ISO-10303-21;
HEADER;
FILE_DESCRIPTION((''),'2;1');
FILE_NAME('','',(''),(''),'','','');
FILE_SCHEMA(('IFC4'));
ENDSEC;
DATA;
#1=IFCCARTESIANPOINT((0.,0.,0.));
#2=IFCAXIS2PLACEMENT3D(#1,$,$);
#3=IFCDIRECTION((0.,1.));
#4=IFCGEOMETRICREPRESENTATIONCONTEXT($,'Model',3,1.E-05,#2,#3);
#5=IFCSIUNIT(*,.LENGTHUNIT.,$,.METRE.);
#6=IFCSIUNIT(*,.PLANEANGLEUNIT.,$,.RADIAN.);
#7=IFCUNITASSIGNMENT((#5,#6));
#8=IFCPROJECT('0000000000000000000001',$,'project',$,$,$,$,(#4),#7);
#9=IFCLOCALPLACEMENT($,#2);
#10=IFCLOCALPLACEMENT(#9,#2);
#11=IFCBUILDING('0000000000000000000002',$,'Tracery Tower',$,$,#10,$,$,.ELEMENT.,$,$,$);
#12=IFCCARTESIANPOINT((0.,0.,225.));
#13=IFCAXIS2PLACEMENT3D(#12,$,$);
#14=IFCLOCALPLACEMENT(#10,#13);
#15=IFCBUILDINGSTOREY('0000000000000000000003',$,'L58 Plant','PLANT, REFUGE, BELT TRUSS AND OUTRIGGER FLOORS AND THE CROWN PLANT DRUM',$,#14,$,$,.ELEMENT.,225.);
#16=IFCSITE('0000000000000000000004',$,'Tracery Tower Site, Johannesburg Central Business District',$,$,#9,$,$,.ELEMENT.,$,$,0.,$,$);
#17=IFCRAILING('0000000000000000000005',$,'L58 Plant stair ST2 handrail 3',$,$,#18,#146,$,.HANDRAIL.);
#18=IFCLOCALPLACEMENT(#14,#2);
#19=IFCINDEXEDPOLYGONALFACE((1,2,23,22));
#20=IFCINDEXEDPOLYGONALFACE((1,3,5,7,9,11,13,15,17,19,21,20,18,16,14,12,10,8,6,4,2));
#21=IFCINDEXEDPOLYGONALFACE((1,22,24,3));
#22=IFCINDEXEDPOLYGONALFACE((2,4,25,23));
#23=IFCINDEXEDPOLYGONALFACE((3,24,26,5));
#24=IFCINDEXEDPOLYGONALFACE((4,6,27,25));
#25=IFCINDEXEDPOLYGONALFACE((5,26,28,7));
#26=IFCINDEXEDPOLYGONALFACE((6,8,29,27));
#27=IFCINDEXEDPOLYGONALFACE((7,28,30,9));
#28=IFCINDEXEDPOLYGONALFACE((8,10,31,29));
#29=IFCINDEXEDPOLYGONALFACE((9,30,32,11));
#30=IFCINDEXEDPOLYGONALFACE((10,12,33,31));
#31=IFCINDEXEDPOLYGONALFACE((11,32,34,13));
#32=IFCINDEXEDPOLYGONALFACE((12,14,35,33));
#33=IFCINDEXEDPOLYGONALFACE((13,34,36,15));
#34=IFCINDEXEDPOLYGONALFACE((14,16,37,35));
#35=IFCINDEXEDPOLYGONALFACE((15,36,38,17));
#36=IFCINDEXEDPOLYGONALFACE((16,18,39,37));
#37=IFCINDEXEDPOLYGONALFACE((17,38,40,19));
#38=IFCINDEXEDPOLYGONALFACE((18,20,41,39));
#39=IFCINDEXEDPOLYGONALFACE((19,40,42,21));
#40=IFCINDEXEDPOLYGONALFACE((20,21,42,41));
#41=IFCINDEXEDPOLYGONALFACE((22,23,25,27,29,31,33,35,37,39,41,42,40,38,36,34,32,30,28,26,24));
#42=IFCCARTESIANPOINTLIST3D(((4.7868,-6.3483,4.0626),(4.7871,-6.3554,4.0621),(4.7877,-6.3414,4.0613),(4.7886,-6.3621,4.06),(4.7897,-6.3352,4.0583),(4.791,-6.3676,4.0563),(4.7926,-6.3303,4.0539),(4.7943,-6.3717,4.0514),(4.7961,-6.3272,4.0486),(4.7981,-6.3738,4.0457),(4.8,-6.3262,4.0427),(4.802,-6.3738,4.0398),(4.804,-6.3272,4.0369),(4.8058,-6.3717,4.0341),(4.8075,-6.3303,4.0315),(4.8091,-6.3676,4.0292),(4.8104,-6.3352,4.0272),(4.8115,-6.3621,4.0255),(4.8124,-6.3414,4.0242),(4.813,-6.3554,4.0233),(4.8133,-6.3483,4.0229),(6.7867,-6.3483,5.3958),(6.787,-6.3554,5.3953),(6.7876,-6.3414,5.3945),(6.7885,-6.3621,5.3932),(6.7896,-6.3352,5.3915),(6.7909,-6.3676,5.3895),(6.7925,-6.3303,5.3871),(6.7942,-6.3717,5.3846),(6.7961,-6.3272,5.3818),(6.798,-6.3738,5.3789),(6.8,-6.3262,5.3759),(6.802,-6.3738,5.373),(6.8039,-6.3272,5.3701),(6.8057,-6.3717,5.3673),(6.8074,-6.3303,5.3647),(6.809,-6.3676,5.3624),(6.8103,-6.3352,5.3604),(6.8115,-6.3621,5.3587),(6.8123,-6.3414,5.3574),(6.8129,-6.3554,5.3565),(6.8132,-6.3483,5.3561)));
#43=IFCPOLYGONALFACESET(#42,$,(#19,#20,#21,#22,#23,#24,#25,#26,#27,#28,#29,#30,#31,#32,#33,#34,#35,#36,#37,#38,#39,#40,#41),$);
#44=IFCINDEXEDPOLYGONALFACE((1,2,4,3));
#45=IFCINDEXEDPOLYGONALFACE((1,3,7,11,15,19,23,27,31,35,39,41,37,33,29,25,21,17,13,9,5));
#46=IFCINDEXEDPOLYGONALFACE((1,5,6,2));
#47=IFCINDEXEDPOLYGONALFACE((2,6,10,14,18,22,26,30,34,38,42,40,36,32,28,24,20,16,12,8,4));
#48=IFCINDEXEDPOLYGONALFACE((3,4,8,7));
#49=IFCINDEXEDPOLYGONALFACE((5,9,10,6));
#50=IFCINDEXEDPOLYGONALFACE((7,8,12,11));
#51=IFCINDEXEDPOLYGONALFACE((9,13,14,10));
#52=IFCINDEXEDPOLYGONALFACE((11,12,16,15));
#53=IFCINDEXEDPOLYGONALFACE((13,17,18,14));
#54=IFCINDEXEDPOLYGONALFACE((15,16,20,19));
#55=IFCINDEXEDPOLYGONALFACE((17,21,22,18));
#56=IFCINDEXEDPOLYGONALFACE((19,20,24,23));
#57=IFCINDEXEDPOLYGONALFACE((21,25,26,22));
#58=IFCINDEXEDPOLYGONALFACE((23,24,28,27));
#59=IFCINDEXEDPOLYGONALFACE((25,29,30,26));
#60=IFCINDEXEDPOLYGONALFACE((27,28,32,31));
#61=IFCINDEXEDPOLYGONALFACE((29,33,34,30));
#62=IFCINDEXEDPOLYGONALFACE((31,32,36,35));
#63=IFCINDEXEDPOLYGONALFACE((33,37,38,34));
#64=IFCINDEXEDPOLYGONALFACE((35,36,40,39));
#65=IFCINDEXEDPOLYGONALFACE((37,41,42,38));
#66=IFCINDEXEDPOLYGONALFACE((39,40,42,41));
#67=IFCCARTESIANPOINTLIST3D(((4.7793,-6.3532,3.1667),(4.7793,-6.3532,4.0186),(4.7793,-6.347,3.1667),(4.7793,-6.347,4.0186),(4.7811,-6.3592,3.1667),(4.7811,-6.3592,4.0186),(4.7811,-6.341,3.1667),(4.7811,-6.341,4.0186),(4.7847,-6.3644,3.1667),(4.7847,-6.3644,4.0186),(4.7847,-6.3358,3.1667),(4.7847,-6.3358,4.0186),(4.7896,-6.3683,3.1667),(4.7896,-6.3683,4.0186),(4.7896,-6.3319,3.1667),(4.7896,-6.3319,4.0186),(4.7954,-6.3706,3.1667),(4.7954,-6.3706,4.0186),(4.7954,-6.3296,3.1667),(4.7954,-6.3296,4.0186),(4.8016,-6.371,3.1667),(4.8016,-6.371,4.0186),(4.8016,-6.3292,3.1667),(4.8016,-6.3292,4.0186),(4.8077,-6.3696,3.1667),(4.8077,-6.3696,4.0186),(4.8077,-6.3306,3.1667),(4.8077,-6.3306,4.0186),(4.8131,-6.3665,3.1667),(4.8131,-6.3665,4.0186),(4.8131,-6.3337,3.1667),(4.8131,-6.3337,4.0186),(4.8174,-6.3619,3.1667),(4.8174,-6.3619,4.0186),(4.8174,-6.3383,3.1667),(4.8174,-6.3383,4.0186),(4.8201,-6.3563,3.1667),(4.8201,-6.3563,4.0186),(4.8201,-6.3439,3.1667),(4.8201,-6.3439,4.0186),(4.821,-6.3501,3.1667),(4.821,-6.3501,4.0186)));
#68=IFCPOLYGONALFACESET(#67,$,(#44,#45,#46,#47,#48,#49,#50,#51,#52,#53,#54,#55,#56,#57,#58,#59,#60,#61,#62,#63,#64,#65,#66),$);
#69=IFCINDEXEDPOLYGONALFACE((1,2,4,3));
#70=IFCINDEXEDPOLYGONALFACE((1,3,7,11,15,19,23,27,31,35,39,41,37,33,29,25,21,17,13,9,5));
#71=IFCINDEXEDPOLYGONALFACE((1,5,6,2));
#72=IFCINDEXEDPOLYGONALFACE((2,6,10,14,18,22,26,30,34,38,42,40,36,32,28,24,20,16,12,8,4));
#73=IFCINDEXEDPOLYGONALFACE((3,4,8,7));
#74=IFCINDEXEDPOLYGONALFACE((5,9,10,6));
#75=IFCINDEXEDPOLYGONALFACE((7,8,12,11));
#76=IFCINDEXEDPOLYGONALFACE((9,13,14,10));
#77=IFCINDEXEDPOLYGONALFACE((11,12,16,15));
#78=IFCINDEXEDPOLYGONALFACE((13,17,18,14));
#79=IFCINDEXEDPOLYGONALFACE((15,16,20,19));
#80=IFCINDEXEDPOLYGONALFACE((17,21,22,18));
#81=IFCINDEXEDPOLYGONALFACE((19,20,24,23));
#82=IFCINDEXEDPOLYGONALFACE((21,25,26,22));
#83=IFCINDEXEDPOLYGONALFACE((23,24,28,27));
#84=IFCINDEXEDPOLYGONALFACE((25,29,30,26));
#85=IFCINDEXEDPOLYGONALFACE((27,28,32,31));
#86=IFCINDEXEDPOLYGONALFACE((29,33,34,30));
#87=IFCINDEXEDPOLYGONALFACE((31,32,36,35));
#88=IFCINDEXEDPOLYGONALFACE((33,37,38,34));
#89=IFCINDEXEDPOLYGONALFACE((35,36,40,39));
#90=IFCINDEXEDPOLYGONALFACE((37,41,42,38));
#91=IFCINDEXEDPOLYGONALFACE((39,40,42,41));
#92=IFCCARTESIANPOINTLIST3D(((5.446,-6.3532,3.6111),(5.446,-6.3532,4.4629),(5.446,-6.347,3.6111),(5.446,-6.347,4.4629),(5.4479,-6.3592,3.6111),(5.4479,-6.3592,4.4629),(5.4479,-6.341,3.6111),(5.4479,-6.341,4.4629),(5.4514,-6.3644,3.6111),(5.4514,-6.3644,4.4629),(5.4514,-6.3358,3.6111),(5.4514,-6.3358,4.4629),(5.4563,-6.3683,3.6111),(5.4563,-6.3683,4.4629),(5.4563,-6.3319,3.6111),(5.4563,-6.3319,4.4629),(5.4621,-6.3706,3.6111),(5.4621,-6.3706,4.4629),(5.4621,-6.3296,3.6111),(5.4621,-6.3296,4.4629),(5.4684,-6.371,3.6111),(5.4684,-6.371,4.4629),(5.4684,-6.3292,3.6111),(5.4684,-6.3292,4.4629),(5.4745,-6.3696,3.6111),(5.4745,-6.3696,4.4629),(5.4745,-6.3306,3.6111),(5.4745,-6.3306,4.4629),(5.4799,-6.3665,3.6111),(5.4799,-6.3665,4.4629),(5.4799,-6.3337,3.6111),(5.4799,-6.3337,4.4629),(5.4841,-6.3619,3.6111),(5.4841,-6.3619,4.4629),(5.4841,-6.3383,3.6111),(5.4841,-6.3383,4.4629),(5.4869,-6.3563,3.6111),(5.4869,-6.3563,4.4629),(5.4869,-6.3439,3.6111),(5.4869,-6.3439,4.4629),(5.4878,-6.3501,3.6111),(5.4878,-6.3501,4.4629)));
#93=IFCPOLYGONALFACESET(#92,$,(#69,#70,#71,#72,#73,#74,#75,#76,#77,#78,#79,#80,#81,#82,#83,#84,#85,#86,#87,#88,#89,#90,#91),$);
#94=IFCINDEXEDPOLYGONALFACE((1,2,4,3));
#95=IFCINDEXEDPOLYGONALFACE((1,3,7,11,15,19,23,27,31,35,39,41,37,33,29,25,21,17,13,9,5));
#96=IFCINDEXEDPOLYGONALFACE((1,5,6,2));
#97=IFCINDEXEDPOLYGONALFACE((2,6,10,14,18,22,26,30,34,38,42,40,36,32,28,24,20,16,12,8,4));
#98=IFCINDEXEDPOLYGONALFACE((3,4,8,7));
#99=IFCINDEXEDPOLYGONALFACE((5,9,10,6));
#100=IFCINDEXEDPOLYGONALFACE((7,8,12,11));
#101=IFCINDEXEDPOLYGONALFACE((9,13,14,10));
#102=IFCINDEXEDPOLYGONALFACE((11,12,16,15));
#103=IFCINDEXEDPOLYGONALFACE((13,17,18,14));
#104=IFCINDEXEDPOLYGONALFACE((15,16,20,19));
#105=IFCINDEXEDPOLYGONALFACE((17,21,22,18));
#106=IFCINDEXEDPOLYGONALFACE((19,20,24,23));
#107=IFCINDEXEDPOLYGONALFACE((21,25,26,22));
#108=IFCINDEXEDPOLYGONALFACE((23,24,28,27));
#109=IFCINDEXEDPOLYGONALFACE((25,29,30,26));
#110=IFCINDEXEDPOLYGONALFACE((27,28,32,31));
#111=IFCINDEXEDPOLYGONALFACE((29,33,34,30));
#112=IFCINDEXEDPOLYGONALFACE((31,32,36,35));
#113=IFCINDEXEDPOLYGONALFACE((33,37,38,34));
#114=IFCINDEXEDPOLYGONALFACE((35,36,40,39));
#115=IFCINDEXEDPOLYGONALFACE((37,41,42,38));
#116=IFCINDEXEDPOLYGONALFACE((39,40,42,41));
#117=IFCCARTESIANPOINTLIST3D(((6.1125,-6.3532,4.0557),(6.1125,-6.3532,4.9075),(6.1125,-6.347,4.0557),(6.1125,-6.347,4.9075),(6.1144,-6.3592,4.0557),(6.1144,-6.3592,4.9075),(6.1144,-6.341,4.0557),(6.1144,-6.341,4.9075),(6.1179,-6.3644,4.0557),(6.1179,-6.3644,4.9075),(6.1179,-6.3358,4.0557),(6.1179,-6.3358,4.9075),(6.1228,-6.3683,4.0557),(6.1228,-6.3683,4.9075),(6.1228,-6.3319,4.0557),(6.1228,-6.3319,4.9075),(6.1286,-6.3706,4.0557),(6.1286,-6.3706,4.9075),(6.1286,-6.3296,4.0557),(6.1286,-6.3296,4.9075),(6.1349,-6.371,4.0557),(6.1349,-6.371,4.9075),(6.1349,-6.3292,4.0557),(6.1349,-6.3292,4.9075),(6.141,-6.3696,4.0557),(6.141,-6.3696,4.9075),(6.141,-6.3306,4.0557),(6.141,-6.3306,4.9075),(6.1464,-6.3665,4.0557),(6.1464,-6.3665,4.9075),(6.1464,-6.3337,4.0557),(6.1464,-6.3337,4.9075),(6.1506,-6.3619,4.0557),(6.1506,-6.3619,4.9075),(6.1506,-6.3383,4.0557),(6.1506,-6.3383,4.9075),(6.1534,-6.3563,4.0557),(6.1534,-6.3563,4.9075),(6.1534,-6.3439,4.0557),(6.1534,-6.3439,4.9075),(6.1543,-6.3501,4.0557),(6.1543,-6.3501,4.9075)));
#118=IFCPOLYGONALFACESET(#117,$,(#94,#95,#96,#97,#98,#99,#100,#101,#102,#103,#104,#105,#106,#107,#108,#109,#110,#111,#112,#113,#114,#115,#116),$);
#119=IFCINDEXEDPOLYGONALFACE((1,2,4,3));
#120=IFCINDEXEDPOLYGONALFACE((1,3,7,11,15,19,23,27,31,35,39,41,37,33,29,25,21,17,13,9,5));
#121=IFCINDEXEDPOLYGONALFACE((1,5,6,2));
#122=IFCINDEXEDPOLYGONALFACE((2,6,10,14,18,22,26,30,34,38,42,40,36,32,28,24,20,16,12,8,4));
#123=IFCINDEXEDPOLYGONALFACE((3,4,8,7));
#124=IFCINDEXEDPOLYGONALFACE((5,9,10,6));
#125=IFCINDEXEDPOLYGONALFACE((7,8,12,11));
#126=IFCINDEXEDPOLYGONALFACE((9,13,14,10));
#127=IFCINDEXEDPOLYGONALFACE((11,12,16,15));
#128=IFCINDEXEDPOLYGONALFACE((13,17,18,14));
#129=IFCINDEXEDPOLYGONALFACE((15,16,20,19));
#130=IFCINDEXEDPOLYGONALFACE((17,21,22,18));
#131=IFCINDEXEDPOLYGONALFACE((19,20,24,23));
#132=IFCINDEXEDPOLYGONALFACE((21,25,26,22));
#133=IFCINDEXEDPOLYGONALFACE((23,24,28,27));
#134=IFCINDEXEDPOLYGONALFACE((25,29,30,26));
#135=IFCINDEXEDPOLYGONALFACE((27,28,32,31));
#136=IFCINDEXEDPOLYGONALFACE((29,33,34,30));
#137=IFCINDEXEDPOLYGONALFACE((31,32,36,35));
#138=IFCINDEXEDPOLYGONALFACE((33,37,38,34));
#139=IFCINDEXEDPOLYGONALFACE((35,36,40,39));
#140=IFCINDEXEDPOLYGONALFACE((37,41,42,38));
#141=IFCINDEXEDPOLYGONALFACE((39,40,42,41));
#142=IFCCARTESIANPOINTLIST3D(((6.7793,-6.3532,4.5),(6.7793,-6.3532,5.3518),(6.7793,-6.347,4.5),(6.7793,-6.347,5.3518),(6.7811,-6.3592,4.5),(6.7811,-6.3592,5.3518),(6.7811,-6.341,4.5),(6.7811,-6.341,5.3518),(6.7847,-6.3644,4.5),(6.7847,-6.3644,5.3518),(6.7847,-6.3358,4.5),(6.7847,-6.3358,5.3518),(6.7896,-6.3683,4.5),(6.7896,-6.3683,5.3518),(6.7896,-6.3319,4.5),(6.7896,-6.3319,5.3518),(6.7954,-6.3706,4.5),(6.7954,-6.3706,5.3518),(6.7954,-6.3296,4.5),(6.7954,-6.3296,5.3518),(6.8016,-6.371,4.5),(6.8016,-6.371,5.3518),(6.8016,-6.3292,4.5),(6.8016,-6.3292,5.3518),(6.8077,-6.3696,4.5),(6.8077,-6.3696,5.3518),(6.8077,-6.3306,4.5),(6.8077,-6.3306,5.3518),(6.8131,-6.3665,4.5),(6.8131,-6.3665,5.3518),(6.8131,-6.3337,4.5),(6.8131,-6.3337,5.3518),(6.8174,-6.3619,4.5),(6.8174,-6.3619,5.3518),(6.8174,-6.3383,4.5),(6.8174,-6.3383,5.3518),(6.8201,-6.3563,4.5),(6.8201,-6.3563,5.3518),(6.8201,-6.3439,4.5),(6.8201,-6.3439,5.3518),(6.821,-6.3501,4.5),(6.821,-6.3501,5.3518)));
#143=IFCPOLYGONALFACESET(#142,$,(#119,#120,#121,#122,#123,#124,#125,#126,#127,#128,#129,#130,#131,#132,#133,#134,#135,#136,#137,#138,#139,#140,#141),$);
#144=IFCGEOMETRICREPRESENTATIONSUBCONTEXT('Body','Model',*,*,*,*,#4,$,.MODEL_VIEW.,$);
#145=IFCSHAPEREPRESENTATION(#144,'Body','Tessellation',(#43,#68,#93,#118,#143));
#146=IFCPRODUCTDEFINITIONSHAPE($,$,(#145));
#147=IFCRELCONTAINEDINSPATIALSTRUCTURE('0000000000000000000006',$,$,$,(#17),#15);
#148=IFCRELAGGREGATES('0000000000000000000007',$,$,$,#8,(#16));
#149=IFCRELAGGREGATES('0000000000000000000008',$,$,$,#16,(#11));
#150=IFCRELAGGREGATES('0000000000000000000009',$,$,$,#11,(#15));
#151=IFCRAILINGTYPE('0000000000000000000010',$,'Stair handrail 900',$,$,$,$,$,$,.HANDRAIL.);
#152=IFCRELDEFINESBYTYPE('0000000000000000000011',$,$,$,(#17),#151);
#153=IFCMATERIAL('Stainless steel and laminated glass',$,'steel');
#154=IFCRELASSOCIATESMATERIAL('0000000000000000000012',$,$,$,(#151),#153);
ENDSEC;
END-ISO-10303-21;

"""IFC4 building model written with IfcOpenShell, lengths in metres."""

from ifc_helpers import new_model, si_unit, direction, frame, origin, origin_2d, place, context, subcontext, project, spatial, circle, extrude, material, type_object, element, save


model = new_model("IFC4")

# Units and contexts
model_context = context("Model", 3, precision=1e-05, world=origin(), true_north=direction((0.0, 1.0)))
body_context = subcontext(model_context, "Body", "Model", "MODEL_VIEW")
ifc_project = project(units=[si_unit("LENGTHUNIT", "METRE"), si_unit("PLANEANGLEUNIT", "RADIAN")], contexts=[model_context])

# Site, building, storey
site_placement = place(None, origin())
site = spatial("IfcSite", under=ifc_project, at=site_placement, Name="Tracery Tower Site, Johannesburg Central Business District", CompositionType="ELEMENT", RefElevation=0.0)
building_placement = place(site_placement, origin())
building = spatial("IfcBuilding", under=site, at=building_placement, Name="Tracery Tower", CompositionType="ELEMENT")
storey_placement = place(building_placement, frame((0.0, 0.0, 225.0)))
storey = spatial("IfcBuildingStorey", under=building, at=storey_placement, Name="L58 Plant", Description="PLANT, REFUGE, BELT TRUSS AND OUTRIGGER FLOORS AND THE CROWN PLANT DRUM", CompositionType="ELEMENT", Elevation=225.0)

# Railing
ifc_material_1 = material(Name="Stainless steel and laminated glass", Category="steel")
railing_type_1 = type_object("IfcRailingType", Name="Stair handrail 900", PredefinedType="HANDRAIL", material=ifc_material_1)
railing_1_placement = place(storey_placement, frame((4.8, -6.3501, 3.1667)))
element("IfcRailing", 1, at=railing_1_placement, inside=storey, type_object=railing_type_1, Name="L58 Plant stair ST2 handrail 3", PredefinedType="HANDRAIL", context=body_context, shape_type="SweptSolid", body=[
    extrude(circle(Radius=0.0239, at=origin_2d()), frame((0.0, 0.0, 0.876), z_axis=(0.832066, 0.0, 0.554677), x_axis=(0.0, 1.0, 0.0)), (0.0, 0.0, 1.0), 2.4036),
    extrude(circle(Radius=0.021, at=origin_2d()), origin(), (0.0, 0.0, 1.0), 0.8518),
    extrude(circle(Radius=0.021, at=origin_2d()), frame((0.6667, 0.0, 0.4443)), (0.0, 0.0, 1.0), 0.8518),
    extrude(circle(Radius=0.021, at=origin_2d()), frame((1.3333, 0.0, 0.8889)), (0.0, 0.0, 1.0), 0.8518),
    extrude(circle(Radius=0.021, at=origin_2d()), frame((2.0, 0.0, 1.3333)), (0.0, 0.0, 1.0), 0.8518),
])

save(model, "model.ifc")
